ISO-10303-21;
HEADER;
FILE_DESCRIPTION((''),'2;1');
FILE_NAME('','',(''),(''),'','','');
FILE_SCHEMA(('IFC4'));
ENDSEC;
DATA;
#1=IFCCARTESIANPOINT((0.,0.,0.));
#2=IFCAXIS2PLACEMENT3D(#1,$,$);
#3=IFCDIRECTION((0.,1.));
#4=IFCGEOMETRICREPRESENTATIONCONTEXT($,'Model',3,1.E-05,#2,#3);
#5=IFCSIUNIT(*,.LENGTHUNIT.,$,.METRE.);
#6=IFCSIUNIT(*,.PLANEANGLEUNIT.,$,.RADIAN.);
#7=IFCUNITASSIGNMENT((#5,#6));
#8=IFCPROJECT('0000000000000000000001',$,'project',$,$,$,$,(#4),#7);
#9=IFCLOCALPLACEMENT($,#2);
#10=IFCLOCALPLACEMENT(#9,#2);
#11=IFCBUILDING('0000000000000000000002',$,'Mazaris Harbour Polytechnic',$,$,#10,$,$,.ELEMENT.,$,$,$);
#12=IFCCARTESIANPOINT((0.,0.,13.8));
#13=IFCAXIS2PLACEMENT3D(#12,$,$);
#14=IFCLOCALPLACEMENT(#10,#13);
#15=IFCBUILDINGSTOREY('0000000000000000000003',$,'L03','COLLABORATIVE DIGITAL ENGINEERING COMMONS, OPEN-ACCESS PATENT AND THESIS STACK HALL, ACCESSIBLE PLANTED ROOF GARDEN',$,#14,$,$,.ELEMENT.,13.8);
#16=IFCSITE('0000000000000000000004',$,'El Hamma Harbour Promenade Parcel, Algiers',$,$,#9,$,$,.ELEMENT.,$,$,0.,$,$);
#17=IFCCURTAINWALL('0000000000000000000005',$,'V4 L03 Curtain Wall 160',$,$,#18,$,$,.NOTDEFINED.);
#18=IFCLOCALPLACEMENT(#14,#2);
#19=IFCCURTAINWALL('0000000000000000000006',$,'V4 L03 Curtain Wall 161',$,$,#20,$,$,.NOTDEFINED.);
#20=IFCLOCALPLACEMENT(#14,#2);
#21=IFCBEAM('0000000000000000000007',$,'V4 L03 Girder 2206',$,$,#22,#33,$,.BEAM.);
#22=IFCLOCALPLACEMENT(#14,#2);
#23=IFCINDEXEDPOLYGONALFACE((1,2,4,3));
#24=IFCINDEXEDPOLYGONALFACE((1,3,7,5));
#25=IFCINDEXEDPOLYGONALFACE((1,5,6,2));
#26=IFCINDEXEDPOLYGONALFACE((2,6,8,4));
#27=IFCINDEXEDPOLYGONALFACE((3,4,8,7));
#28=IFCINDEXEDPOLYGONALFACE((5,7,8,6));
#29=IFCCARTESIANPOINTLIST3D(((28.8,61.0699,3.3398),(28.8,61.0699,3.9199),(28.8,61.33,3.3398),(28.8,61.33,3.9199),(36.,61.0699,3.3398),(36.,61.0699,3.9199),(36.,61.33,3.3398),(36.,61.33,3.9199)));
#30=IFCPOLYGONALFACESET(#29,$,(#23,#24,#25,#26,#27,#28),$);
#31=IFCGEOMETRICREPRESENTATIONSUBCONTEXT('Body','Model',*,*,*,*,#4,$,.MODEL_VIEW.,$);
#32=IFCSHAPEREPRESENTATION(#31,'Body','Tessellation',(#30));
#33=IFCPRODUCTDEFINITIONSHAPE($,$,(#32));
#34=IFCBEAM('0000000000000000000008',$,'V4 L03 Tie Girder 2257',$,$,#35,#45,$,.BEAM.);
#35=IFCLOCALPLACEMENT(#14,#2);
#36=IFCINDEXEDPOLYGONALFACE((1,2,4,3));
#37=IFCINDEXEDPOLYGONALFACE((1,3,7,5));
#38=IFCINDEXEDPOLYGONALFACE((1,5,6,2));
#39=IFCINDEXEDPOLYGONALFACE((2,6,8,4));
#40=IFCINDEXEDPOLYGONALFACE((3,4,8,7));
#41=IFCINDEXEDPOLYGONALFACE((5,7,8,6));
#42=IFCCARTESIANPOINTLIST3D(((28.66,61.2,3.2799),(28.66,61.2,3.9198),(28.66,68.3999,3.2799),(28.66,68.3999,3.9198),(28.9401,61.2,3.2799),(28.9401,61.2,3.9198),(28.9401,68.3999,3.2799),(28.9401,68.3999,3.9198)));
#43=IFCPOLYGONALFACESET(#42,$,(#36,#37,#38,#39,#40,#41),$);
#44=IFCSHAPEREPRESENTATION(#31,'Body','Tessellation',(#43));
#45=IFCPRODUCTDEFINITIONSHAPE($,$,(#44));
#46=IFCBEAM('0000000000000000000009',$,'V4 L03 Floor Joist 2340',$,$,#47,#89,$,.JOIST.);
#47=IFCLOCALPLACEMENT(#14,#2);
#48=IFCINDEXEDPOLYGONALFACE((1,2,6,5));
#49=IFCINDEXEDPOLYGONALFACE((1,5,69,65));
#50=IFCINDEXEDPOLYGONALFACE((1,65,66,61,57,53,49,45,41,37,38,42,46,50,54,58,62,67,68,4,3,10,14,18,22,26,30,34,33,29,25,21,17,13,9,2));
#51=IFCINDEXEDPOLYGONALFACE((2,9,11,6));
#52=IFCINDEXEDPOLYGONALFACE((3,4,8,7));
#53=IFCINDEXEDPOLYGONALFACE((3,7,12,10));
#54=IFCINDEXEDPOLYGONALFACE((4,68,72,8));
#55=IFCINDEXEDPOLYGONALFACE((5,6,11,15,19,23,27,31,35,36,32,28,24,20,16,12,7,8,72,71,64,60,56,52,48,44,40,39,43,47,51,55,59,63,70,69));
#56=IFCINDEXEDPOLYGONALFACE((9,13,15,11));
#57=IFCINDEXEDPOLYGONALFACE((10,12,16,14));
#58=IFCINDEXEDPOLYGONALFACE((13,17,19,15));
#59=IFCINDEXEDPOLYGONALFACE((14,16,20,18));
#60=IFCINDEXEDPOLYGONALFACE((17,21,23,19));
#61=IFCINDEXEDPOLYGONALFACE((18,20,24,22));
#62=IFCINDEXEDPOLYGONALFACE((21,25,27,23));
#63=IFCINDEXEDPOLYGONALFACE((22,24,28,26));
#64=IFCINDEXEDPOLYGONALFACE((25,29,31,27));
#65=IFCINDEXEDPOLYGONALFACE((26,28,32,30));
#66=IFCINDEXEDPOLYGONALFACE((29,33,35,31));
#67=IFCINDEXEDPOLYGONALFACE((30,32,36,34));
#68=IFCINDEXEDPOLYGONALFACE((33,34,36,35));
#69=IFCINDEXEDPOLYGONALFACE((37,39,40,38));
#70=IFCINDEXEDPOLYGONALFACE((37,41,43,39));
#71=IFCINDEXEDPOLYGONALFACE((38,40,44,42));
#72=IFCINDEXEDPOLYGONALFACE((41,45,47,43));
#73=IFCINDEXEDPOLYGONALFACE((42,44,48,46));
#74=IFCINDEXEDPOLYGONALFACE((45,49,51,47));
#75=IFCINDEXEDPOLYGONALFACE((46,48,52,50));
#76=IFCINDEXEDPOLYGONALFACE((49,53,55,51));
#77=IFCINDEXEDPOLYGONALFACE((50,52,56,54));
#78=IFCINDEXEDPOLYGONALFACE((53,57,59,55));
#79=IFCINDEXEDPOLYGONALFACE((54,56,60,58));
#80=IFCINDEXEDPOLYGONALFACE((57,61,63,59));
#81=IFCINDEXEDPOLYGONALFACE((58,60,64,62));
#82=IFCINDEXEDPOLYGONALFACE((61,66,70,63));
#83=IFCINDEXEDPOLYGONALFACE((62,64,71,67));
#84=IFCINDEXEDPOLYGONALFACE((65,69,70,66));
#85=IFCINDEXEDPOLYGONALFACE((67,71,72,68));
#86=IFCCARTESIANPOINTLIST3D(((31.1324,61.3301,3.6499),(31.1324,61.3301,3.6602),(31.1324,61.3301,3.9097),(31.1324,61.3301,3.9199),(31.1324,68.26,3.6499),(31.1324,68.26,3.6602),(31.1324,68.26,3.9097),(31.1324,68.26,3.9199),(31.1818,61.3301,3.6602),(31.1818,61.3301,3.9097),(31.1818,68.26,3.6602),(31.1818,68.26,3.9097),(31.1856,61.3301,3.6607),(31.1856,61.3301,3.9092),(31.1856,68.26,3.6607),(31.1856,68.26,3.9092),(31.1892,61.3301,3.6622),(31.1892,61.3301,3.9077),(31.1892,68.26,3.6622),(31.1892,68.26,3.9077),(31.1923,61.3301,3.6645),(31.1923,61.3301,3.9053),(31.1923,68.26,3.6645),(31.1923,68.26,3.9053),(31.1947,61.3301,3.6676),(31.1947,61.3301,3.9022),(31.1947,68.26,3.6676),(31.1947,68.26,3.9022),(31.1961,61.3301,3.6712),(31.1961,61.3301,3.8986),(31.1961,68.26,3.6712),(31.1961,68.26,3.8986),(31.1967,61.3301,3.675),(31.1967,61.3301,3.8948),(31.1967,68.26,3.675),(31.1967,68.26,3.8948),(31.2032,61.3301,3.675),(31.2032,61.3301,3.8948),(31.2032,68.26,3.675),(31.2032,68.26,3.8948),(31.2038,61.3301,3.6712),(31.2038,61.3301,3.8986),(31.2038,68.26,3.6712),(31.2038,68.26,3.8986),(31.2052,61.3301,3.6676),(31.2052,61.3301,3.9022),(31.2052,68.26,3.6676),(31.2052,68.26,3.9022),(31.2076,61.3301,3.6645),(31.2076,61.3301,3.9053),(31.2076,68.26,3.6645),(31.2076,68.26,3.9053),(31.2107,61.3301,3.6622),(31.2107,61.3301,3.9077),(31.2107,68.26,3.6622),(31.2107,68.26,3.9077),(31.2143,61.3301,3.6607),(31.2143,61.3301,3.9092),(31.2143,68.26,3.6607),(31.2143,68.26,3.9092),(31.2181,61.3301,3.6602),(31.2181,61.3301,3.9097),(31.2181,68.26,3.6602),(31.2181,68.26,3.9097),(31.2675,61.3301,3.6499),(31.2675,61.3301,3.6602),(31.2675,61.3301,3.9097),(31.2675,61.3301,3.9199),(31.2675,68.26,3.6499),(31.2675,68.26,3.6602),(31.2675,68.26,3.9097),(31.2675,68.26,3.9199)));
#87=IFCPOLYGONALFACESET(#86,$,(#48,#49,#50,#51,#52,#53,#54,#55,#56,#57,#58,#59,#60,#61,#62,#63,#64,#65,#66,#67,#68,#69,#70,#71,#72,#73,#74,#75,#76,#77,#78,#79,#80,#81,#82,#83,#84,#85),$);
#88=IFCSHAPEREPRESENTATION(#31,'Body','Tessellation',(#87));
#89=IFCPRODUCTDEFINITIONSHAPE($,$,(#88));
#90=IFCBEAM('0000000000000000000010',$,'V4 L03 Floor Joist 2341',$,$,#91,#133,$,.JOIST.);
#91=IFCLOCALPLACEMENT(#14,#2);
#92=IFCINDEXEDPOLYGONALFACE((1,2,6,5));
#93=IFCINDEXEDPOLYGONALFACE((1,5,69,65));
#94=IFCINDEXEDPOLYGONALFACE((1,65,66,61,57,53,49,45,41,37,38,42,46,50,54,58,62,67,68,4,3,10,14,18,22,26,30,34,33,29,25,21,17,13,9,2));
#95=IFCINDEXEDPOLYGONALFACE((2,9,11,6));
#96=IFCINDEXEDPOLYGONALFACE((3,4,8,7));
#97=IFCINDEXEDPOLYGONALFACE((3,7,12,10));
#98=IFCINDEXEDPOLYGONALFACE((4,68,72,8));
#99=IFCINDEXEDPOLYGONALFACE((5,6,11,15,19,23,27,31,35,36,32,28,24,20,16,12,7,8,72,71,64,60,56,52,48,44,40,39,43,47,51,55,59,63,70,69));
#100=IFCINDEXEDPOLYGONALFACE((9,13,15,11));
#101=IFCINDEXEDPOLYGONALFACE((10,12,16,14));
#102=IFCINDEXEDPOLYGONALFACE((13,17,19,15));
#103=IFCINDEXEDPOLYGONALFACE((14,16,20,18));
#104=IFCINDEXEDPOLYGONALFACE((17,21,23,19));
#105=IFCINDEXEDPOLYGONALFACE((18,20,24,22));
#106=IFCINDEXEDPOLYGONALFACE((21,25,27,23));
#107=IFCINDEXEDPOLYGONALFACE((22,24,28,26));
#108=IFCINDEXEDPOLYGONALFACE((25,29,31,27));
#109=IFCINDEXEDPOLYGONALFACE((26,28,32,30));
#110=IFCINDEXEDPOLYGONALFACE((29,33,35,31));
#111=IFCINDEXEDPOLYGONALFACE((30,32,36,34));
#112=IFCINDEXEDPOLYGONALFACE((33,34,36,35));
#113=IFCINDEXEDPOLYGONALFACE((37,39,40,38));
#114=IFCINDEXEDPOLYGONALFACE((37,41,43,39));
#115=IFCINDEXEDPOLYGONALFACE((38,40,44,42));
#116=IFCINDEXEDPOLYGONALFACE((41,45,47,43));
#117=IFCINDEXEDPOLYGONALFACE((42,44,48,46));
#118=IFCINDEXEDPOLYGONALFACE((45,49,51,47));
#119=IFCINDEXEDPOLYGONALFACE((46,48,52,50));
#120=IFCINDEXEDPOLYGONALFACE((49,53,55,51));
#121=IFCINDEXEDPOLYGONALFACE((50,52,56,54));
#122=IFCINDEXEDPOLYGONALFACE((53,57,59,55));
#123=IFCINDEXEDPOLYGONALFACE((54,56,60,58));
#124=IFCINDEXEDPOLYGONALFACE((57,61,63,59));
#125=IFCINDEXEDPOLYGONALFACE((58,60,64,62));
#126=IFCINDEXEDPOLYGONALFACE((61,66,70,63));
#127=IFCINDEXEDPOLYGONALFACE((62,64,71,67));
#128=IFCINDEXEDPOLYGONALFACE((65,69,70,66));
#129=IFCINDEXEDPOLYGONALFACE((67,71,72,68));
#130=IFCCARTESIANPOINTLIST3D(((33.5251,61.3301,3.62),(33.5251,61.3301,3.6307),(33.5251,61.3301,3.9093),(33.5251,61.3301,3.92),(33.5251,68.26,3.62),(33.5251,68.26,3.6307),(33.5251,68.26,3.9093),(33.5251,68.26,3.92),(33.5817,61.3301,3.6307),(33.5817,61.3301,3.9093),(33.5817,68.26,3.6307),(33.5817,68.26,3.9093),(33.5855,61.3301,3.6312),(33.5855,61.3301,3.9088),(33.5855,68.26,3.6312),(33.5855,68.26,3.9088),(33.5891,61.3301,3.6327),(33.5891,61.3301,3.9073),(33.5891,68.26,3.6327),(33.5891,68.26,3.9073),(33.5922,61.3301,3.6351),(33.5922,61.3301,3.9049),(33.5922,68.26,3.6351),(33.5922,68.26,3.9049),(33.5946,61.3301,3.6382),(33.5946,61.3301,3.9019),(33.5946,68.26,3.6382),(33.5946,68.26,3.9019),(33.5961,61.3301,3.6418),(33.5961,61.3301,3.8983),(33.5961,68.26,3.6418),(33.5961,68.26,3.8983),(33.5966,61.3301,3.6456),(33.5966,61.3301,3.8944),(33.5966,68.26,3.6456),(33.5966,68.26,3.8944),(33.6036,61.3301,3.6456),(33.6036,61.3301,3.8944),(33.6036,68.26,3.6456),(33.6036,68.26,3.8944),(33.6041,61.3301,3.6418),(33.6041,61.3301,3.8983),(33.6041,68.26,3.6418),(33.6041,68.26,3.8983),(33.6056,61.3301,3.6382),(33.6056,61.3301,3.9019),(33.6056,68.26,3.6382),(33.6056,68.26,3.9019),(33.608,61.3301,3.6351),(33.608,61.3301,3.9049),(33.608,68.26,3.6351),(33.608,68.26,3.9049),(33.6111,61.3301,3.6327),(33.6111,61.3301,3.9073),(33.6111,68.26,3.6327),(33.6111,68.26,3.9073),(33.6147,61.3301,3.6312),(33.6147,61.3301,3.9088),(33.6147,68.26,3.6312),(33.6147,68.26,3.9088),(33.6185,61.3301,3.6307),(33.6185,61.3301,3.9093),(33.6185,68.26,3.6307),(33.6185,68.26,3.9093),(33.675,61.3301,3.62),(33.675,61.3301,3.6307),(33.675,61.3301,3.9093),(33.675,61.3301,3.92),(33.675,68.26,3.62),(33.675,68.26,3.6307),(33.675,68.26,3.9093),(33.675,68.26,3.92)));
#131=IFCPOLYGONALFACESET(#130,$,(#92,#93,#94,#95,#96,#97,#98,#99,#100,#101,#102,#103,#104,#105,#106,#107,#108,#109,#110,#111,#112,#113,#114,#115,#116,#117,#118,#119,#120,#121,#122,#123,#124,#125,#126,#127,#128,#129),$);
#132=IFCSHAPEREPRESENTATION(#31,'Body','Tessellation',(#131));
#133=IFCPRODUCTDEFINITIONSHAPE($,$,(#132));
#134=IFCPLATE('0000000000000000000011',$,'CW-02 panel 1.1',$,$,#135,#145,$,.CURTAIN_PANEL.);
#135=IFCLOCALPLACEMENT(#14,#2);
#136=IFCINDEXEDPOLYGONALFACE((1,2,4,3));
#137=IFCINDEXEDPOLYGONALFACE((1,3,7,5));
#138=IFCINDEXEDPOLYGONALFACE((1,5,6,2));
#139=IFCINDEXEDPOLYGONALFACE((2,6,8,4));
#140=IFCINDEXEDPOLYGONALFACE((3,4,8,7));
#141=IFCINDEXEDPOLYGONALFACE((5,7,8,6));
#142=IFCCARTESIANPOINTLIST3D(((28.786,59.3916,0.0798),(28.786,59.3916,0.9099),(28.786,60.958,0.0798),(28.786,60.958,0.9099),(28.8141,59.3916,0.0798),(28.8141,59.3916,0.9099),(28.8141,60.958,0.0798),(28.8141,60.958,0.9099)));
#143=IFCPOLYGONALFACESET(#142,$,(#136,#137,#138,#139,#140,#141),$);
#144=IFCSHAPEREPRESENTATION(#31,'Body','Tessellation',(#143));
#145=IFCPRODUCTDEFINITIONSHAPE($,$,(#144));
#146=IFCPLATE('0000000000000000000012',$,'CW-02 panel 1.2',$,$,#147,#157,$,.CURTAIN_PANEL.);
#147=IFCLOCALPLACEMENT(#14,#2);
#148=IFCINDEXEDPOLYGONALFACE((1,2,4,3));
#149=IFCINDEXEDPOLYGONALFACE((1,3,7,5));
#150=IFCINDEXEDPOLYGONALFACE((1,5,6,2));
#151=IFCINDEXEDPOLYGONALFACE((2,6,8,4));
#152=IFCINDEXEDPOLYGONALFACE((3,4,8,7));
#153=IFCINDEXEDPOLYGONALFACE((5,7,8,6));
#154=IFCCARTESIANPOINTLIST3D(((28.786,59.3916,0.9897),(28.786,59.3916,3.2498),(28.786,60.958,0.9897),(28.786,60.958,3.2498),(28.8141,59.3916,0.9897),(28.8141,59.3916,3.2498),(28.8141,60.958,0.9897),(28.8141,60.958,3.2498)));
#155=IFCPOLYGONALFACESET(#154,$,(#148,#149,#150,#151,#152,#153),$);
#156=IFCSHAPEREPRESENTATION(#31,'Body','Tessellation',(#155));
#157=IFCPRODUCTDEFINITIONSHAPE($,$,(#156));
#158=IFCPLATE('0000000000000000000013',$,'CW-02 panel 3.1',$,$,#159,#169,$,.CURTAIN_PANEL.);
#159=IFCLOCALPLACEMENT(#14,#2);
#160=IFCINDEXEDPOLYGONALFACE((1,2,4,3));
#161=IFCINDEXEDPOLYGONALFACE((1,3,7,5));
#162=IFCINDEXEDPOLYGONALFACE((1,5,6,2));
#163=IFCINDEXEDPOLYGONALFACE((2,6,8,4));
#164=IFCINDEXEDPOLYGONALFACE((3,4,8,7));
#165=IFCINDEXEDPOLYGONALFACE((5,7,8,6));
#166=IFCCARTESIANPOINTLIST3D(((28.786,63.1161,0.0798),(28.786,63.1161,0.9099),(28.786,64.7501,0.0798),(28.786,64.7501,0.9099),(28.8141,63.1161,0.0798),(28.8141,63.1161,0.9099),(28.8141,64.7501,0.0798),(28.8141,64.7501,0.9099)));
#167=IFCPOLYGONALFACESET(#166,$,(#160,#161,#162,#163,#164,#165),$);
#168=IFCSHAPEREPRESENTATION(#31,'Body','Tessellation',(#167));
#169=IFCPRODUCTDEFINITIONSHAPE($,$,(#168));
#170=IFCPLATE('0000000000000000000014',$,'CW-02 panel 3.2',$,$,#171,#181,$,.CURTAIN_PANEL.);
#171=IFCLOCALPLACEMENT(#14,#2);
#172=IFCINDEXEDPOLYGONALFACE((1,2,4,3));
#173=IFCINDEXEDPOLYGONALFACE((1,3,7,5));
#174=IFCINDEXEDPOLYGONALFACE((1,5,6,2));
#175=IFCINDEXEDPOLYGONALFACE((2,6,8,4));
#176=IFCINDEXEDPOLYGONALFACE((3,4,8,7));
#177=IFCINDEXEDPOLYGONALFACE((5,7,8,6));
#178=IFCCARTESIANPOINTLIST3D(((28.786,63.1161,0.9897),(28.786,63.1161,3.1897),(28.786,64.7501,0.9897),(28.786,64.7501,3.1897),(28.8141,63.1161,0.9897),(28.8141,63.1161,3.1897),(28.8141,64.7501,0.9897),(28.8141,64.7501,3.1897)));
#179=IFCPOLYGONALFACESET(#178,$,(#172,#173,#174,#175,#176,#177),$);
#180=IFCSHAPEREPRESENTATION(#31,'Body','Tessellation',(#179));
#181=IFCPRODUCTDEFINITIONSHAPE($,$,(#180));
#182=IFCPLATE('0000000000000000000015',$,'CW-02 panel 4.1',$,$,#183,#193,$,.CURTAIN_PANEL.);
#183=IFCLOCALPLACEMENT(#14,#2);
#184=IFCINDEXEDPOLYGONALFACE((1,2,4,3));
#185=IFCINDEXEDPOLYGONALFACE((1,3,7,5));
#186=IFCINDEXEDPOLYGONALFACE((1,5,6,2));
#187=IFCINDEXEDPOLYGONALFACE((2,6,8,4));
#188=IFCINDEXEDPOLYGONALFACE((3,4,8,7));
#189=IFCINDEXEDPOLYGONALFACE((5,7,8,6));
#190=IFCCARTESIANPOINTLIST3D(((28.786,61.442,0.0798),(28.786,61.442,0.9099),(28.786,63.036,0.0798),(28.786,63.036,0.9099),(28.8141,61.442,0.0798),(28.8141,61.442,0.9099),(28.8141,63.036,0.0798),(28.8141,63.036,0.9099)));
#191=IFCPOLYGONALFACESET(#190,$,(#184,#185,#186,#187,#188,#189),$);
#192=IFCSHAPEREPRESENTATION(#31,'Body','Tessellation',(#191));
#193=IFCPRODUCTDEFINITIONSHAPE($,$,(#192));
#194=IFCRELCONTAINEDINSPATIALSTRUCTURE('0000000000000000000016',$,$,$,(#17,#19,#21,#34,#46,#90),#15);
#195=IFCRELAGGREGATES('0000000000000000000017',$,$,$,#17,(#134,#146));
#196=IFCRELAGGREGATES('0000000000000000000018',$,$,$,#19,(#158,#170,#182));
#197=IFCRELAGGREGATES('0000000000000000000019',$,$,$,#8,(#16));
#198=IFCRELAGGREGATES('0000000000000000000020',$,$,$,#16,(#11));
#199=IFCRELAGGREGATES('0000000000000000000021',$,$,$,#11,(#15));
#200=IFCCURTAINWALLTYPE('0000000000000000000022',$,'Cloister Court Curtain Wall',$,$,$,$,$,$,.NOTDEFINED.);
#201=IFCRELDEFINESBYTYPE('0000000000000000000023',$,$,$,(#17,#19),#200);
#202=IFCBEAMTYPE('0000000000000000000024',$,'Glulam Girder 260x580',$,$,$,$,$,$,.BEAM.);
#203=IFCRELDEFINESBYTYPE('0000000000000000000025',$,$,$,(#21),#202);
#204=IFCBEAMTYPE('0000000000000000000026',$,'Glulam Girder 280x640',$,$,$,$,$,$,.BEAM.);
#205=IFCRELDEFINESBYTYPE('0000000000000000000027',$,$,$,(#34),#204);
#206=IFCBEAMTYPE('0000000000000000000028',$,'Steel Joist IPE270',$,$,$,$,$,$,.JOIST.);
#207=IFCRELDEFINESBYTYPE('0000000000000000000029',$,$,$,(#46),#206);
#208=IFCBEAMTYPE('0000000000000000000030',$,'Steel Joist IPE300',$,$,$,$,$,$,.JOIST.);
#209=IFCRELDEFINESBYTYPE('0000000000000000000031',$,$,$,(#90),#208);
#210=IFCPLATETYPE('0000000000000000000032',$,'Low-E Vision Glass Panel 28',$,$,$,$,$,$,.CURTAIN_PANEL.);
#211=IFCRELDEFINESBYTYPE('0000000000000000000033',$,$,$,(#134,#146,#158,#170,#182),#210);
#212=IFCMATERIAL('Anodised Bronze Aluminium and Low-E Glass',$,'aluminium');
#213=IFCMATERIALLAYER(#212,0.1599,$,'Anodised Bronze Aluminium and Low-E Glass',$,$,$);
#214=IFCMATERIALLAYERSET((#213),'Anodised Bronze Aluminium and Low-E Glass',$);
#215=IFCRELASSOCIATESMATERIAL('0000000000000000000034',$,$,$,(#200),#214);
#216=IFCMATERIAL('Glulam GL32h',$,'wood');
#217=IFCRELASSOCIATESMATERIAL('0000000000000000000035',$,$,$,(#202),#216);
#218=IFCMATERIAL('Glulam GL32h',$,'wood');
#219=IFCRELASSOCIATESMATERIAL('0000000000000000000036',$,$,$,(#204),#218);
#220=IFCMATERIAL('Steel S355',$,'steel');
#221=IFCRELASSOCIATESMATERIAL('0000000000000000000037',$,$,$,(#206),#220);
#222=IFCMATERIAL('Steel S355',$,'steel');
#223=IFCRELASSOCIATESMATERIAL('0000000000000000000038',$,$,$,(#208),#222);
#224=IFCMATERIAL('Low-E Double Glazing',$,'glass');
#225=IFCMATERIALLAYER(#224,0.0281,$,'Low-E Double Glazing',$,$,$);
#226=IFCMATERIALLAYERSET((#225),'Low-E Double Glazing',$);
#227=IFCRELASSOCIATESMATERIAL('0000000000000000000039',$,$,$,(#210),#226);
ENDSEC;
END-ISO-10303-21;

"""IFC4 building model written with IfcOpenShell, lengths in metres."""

from ifc_helpers import new_model, si_unit, direction, frame, origin, origin_2d, place, context, subcontext, project, spatial, rectangle, i_section, extrude, material, layer, layer_set, material_profile, profile_set, type_object, element, aggregate, save


model = new_model("IFC4")

# Units and contexts
model_context = context("Model", 3, precision=1e-05, world=origin(), true_north=direction((0.0, 1.0)))
body_context = subcontext(model_context, "Body", "Model", "MODEL_VIEW")
ifc_project = project(units=[si_unit("LENGTHUNIT", "METRE"), si_unit("PLANEANGLEUNIT", "RADIAN")], contexts=[model_context])

# Site, building, storey
site_placement = place(None, origin())
site = spatial("IfcSite", under=ifc_project, at=site_placement, Name="El Hamma Harbour Promenade Parcel, Algiers", CompositionType="ELEMENT", RefElevation=0.0)
building_placement = place(site_placement, origin())
building = spatial("IfcBuilding", under=site, at=building_placement, Name="Mazaris Harbour Polytechnic", CompositionType="ELEMENT")
storey_placement = place(building_placement, frame((0.0, 0.0, 13.8)))
storey = spatial("IfcBuildingStorey", under=building, at=storey_placement, Name="L03", Description="COLLABORATIVE DIGITAL ENGINEERING COMMONS, OPEN-ACCESS PATENT AND THESIS STACK HALL, ACCESSIBLE PLANTED ROOF GARDEN", CompositionType="ELEMENT", Elevation=13.8)

# Curtain wall
ifc_material_1 = material(Name="Anodised Bronze Aluminium and Low-E Glass", Category="aluminium")
ifc_layer_1 = layer(ifc_material_1, 0.1599, Name="Anodised Bronze Aluminium and Low-E Glass")
ifc_layer_set_1 = layer_set([ifc_layer_1], Name="Anodised Bronze Aluminium and Low-E Glass")
curtain_wall_type = type_object("IfcCurtainWallType", Name="Cloister Court Curtain Wall", PredefinedType="NOTDEFINED", material=ifc_layer_set_1)
curtain_wall_1_placement = place(storey_placement, origin())
curtain_wall_1 = element("IfcCurtainWall", 1, at=curtain_wall_1_placement, inside=storey, type_object=curtain_wall_type, Name="V4 L03 Curtain Wall 160", PredefinedType="NOTDEFINED")

# Curtain wall
curtain_wall_2_placement = place(storey_placement, origin())
curtain_wall_2 = element("IfcCurtainWall", 2, at=curtain_wall_2_placement, inside=storey, type_object=curtain_wall_type, Name="V4 L03 Curtain Wall 161", PredefinedType="NOTDEFINED")

# Beams
ifc_material_2 = material(Name="Glulam GL32h", Category="wood")
ifc_material_profile_1 = material_profile(ifc_material_2, rectangle(XDim=0.26, YDim=0.5801, at=origin_2d()), Name="RECT260x580")
ifc_profile_set_1 = profile_set([ifc_material_profile_1], Name="Glulam GL32h")
beam_type_1 = type_object("IfcBeamType", Name="Glulam Girder 260x580", PredefinedType="BEAM", material=ifc_profile_set_1)
beam_1_placement = place(storey_placement, frame((28.8, 61.2, 3.6299), z_axis=(1.0, 0.0, 0.0), x_axis=(0.0, 1.0, 0.0)))
element("IfcBeam", 3, at=beam_1_placement, inside=storey, type_object=beam_type_1, Name="V4 L03 Girder 2206", PredefinedType="BEAM", context=body_context, shape_type="SweptSolid", body=[
    extrude(rectangle(XDim=0.26, YDim=0.5801, at=origin_2d()), origin(), (0.0, 0.0, 1.0), 7.2),
])
ifc_material_3 = material(Name="Glulam GL32h", Category="wood")
ifc_material_profile_2 = material_profile(ifc_material_3, rectangle(XDim=0.28, YDim=0.6399, at=origin_2d()), Name="RECT280x640")
ifc_profile_set_2 = profile_set([ifc_material_profile_2], Name="Glulam GL32h")
beam_type_2 = type_object("IfcBeamType", Name="Glulam Girder 280x640", PredefinedType="BEAM", material=ifc_profile_set_2)
beam_2_placement = place(storey_placement, frame((28.8, 61.2, 3.5999), z_axis=(0.0, 1.0, 0.0), x_axis=(-1.0, 0.0, 0.0)))
element("IfcBeam", 4, at=beam_2_placement, inside=storey, type_object=beam_type_2, Name="V4 L03 Tie Girder 2257", PredefinedType="BEAM", context=body_context, shape_type="SweptSolid", body=[
    extrude(rectangle(XDim=0.28, YDim=0.6399, at=origin_2d()), origin(), (0.0, 0.0, 1.0), 7.2),
])
ifc_material_4 = material(Name="Steel S355", Category="steel")
ifc_material_profile_3 = material_profile(ifc_material_4, i_section(OverallWidth=0.135, OverallDepth=0.27, WebThickness=0.0066, FlangeThickness=0.0103, FilletRadius=0.0149, at=origin_2d()), Name="IPE 270")
ifc_profile_set_3 = profile_set([ifc_material_profile_3], Name="Steel S355")
beam_type_3 = type_object("IfcBeamType", Name="Steel Joist IPE270", PredefinedType="JOIST", material=ifc_profile_set_3)
beam_3_placement = place(storey_placement, frame((31.2, 61.3301, 3.7849), z_axis=(0.0, 1.0, 0.0), x_axis=(-1.0, 0.0, 0.0)))
element("IfcBeam", 5, at=beam_3_placement, inside=storey, type_object=beam_type_3, Name="V4 L03 Floor Joist 2340", PredefinedType="JOIST", context=body_context, shape_type="SweptSolid", body=[
    extrude(i_section(OverallWidth=0.135, OverallDepth=0.27, WebThickness=0.0066, FlangeThickness=0.0103, FilletRadius=0.0149, at=origin_2d()), origin(), (0.0, 0.0, 1.0), 6.9299),
])
ifc_material_5 = material(Name="Steel S355", Category="steel")
ifc_material_profile_4 = material_profile(ifc_material_5, i_section(OverallWidth=0.1499, OverallDepth=0.3, WebThickness=0.0071, FlangeThickness=0.0107, FilletRadius=0.0149, at=origin_2d()), Name="IPE 300")
ifc_profile_set_4 = profile_set([ifc_material_profile_4], Name="Steel S355")
beam_type_4 = type_object("IfcBeamType", Name="Steel Joist IPE300", PredefinedType="JOIST", material=ifc_profile_set_4)
beam_4_placement = place(storey_placement, frame((33.6001, 61.3301, 3.77), z_axis=(0.0, 1.0, 0.0), x_axis=(-1.0, 0.0, 0.0)))
element("IfcBeam", 6, at=beam_4_placement, inside=storey, type_object=beam_type_4, Name="V4 L03 Floor Joist 2341", PredefinedType="JOIST", context=body_context, shape_type="SweptSolid", body=[
    extrude(i_section(OverallWidth=0.1499, OverallDepth=0.3, WebThickness=0.0071, FlangeThickness=0.0107, FilletRadius=0.0149, at=origin_2d()), origin(), (0.0, 0.0, 1.0), 6.9299),
])

# Plates
ifc_material_6 = material(Name="Low-E Double Glazing", Category="glass")
ifc_layer_2 = layer(ifc_material_6, 0.0281, Name="Low-E Double Glazing")
ifc_layer_set_2 = layer_set([ifc_layer_2], Name="Low-E Double Glazing")
plate_type = type_object("IfcPlateType", Name="Low-E Vision Glass Panel 28", PredefinedType="CURTAIN_PANEL", material=ifc_layer_set_2)
plate_1_placement = place(storey_placement, frame((28.8, 60.1748, 0.0798), z_axis=(0.0, 0.0, 1.0), x_axis=(0.0, -1.0, 0.0)))
plate_1 = element("IfcPlate", 7, at=plate_1_placement, type_object=plate_type, Name="CW-02 panel 1.1", PredefinedType="CURTAIN_PANEL", context=body_context, shape_type="SweptSolid", body=[
    extrude(rectangle(XDim=1.5664, YDim=0.0281, at=origin_2d()), origin(), (0.0, 0.0, 1.0), 0.8301),
])
plate_2_placement = place(storey_placement, frame((28.8, 60.1748, 0.9897), z_axis=(0.0, 0.0, 1.0), x_axis=(0.0, -1.0, 0.0)))
plate_2 = element("IfcPlate", 8, at=plate_2_placement, type_object=plate_type, Name="CW-02 panel 1.2", PredefinedType="CURTAIN_PANEL", context=body_context, shape_type="SweptSolid", body=[
    extrude(rectangle(XDim=1.5664, YDim=0.0281, at=origin_2d()), origin(), (0.0, 0.0, 1.0), 2.26),
])
aggregate(curtain_wall_1, [plate_1, plate_2])
plate_3_placement = place(storey_placement, frame((28.8, 63.9331, 0.0798), z_axis=(0.0, 0.0, 1.0), x_axis=(0.0, -1.0, 0.0)))
plate_3 = element("IfcPlate", 9, at=plate_3_placement, type_object=plate_type, Name="CW-02 panel 3.1", PredefinedType="CURTAIN_PANEL", context=body_context, shape_type="SweptSolid", body=[
    extrude(rectangle(XDim=1.634, YDim=0.0281, at=origin_2d()), origin(), (0.0, 0.0, 1.0), 0.8301),
])
plate_4_placement = place(storey_placement, frame((28.8, 63.9331, 0.9897), z_axis=(0.0, 0.0, 1.0), x_axis=(0.0, -1.0, 0.0)))
plate_4 = element("IfcPlate", 10, at=plate_4_placement, type_object=plate_type, Name="CW-02 panel 3.2", PredefinedType="CURTAIN_PANEL", context=body_context, shape_type="SweptSolid", body=[
    extrude(rectangle(XDim=1.634, YDim=0.0281, at=origin_2d()), origin(), (0.0, 0.0, 1.0), 2.2),
])
plate_5_placement = place(storey_placement, frame((28.8, 62.239, 0.0798), z_axis=(0.0, 0.0, 1.0), x_axis=(0.0, -1.0, 0.0)))
plate_5 = element("IfcPlate", 11, at=plate_5_placement, type_object=plate_type, Name="CW-02 panel 4.1", PredefinedType="CURTAIN_PANEL", context=body_context, shape_type="SweptSolid", body=[
    extrude(rectangle(XDim=1.594, YDim=0.0281, at=origin_2d()), origin(), (0.0, 0.0, 1.0), 0.8301),
])
aggregate(curtain_wall_2, [plate_3, plate_4, plate_5])

save(model, "model.ifc")
